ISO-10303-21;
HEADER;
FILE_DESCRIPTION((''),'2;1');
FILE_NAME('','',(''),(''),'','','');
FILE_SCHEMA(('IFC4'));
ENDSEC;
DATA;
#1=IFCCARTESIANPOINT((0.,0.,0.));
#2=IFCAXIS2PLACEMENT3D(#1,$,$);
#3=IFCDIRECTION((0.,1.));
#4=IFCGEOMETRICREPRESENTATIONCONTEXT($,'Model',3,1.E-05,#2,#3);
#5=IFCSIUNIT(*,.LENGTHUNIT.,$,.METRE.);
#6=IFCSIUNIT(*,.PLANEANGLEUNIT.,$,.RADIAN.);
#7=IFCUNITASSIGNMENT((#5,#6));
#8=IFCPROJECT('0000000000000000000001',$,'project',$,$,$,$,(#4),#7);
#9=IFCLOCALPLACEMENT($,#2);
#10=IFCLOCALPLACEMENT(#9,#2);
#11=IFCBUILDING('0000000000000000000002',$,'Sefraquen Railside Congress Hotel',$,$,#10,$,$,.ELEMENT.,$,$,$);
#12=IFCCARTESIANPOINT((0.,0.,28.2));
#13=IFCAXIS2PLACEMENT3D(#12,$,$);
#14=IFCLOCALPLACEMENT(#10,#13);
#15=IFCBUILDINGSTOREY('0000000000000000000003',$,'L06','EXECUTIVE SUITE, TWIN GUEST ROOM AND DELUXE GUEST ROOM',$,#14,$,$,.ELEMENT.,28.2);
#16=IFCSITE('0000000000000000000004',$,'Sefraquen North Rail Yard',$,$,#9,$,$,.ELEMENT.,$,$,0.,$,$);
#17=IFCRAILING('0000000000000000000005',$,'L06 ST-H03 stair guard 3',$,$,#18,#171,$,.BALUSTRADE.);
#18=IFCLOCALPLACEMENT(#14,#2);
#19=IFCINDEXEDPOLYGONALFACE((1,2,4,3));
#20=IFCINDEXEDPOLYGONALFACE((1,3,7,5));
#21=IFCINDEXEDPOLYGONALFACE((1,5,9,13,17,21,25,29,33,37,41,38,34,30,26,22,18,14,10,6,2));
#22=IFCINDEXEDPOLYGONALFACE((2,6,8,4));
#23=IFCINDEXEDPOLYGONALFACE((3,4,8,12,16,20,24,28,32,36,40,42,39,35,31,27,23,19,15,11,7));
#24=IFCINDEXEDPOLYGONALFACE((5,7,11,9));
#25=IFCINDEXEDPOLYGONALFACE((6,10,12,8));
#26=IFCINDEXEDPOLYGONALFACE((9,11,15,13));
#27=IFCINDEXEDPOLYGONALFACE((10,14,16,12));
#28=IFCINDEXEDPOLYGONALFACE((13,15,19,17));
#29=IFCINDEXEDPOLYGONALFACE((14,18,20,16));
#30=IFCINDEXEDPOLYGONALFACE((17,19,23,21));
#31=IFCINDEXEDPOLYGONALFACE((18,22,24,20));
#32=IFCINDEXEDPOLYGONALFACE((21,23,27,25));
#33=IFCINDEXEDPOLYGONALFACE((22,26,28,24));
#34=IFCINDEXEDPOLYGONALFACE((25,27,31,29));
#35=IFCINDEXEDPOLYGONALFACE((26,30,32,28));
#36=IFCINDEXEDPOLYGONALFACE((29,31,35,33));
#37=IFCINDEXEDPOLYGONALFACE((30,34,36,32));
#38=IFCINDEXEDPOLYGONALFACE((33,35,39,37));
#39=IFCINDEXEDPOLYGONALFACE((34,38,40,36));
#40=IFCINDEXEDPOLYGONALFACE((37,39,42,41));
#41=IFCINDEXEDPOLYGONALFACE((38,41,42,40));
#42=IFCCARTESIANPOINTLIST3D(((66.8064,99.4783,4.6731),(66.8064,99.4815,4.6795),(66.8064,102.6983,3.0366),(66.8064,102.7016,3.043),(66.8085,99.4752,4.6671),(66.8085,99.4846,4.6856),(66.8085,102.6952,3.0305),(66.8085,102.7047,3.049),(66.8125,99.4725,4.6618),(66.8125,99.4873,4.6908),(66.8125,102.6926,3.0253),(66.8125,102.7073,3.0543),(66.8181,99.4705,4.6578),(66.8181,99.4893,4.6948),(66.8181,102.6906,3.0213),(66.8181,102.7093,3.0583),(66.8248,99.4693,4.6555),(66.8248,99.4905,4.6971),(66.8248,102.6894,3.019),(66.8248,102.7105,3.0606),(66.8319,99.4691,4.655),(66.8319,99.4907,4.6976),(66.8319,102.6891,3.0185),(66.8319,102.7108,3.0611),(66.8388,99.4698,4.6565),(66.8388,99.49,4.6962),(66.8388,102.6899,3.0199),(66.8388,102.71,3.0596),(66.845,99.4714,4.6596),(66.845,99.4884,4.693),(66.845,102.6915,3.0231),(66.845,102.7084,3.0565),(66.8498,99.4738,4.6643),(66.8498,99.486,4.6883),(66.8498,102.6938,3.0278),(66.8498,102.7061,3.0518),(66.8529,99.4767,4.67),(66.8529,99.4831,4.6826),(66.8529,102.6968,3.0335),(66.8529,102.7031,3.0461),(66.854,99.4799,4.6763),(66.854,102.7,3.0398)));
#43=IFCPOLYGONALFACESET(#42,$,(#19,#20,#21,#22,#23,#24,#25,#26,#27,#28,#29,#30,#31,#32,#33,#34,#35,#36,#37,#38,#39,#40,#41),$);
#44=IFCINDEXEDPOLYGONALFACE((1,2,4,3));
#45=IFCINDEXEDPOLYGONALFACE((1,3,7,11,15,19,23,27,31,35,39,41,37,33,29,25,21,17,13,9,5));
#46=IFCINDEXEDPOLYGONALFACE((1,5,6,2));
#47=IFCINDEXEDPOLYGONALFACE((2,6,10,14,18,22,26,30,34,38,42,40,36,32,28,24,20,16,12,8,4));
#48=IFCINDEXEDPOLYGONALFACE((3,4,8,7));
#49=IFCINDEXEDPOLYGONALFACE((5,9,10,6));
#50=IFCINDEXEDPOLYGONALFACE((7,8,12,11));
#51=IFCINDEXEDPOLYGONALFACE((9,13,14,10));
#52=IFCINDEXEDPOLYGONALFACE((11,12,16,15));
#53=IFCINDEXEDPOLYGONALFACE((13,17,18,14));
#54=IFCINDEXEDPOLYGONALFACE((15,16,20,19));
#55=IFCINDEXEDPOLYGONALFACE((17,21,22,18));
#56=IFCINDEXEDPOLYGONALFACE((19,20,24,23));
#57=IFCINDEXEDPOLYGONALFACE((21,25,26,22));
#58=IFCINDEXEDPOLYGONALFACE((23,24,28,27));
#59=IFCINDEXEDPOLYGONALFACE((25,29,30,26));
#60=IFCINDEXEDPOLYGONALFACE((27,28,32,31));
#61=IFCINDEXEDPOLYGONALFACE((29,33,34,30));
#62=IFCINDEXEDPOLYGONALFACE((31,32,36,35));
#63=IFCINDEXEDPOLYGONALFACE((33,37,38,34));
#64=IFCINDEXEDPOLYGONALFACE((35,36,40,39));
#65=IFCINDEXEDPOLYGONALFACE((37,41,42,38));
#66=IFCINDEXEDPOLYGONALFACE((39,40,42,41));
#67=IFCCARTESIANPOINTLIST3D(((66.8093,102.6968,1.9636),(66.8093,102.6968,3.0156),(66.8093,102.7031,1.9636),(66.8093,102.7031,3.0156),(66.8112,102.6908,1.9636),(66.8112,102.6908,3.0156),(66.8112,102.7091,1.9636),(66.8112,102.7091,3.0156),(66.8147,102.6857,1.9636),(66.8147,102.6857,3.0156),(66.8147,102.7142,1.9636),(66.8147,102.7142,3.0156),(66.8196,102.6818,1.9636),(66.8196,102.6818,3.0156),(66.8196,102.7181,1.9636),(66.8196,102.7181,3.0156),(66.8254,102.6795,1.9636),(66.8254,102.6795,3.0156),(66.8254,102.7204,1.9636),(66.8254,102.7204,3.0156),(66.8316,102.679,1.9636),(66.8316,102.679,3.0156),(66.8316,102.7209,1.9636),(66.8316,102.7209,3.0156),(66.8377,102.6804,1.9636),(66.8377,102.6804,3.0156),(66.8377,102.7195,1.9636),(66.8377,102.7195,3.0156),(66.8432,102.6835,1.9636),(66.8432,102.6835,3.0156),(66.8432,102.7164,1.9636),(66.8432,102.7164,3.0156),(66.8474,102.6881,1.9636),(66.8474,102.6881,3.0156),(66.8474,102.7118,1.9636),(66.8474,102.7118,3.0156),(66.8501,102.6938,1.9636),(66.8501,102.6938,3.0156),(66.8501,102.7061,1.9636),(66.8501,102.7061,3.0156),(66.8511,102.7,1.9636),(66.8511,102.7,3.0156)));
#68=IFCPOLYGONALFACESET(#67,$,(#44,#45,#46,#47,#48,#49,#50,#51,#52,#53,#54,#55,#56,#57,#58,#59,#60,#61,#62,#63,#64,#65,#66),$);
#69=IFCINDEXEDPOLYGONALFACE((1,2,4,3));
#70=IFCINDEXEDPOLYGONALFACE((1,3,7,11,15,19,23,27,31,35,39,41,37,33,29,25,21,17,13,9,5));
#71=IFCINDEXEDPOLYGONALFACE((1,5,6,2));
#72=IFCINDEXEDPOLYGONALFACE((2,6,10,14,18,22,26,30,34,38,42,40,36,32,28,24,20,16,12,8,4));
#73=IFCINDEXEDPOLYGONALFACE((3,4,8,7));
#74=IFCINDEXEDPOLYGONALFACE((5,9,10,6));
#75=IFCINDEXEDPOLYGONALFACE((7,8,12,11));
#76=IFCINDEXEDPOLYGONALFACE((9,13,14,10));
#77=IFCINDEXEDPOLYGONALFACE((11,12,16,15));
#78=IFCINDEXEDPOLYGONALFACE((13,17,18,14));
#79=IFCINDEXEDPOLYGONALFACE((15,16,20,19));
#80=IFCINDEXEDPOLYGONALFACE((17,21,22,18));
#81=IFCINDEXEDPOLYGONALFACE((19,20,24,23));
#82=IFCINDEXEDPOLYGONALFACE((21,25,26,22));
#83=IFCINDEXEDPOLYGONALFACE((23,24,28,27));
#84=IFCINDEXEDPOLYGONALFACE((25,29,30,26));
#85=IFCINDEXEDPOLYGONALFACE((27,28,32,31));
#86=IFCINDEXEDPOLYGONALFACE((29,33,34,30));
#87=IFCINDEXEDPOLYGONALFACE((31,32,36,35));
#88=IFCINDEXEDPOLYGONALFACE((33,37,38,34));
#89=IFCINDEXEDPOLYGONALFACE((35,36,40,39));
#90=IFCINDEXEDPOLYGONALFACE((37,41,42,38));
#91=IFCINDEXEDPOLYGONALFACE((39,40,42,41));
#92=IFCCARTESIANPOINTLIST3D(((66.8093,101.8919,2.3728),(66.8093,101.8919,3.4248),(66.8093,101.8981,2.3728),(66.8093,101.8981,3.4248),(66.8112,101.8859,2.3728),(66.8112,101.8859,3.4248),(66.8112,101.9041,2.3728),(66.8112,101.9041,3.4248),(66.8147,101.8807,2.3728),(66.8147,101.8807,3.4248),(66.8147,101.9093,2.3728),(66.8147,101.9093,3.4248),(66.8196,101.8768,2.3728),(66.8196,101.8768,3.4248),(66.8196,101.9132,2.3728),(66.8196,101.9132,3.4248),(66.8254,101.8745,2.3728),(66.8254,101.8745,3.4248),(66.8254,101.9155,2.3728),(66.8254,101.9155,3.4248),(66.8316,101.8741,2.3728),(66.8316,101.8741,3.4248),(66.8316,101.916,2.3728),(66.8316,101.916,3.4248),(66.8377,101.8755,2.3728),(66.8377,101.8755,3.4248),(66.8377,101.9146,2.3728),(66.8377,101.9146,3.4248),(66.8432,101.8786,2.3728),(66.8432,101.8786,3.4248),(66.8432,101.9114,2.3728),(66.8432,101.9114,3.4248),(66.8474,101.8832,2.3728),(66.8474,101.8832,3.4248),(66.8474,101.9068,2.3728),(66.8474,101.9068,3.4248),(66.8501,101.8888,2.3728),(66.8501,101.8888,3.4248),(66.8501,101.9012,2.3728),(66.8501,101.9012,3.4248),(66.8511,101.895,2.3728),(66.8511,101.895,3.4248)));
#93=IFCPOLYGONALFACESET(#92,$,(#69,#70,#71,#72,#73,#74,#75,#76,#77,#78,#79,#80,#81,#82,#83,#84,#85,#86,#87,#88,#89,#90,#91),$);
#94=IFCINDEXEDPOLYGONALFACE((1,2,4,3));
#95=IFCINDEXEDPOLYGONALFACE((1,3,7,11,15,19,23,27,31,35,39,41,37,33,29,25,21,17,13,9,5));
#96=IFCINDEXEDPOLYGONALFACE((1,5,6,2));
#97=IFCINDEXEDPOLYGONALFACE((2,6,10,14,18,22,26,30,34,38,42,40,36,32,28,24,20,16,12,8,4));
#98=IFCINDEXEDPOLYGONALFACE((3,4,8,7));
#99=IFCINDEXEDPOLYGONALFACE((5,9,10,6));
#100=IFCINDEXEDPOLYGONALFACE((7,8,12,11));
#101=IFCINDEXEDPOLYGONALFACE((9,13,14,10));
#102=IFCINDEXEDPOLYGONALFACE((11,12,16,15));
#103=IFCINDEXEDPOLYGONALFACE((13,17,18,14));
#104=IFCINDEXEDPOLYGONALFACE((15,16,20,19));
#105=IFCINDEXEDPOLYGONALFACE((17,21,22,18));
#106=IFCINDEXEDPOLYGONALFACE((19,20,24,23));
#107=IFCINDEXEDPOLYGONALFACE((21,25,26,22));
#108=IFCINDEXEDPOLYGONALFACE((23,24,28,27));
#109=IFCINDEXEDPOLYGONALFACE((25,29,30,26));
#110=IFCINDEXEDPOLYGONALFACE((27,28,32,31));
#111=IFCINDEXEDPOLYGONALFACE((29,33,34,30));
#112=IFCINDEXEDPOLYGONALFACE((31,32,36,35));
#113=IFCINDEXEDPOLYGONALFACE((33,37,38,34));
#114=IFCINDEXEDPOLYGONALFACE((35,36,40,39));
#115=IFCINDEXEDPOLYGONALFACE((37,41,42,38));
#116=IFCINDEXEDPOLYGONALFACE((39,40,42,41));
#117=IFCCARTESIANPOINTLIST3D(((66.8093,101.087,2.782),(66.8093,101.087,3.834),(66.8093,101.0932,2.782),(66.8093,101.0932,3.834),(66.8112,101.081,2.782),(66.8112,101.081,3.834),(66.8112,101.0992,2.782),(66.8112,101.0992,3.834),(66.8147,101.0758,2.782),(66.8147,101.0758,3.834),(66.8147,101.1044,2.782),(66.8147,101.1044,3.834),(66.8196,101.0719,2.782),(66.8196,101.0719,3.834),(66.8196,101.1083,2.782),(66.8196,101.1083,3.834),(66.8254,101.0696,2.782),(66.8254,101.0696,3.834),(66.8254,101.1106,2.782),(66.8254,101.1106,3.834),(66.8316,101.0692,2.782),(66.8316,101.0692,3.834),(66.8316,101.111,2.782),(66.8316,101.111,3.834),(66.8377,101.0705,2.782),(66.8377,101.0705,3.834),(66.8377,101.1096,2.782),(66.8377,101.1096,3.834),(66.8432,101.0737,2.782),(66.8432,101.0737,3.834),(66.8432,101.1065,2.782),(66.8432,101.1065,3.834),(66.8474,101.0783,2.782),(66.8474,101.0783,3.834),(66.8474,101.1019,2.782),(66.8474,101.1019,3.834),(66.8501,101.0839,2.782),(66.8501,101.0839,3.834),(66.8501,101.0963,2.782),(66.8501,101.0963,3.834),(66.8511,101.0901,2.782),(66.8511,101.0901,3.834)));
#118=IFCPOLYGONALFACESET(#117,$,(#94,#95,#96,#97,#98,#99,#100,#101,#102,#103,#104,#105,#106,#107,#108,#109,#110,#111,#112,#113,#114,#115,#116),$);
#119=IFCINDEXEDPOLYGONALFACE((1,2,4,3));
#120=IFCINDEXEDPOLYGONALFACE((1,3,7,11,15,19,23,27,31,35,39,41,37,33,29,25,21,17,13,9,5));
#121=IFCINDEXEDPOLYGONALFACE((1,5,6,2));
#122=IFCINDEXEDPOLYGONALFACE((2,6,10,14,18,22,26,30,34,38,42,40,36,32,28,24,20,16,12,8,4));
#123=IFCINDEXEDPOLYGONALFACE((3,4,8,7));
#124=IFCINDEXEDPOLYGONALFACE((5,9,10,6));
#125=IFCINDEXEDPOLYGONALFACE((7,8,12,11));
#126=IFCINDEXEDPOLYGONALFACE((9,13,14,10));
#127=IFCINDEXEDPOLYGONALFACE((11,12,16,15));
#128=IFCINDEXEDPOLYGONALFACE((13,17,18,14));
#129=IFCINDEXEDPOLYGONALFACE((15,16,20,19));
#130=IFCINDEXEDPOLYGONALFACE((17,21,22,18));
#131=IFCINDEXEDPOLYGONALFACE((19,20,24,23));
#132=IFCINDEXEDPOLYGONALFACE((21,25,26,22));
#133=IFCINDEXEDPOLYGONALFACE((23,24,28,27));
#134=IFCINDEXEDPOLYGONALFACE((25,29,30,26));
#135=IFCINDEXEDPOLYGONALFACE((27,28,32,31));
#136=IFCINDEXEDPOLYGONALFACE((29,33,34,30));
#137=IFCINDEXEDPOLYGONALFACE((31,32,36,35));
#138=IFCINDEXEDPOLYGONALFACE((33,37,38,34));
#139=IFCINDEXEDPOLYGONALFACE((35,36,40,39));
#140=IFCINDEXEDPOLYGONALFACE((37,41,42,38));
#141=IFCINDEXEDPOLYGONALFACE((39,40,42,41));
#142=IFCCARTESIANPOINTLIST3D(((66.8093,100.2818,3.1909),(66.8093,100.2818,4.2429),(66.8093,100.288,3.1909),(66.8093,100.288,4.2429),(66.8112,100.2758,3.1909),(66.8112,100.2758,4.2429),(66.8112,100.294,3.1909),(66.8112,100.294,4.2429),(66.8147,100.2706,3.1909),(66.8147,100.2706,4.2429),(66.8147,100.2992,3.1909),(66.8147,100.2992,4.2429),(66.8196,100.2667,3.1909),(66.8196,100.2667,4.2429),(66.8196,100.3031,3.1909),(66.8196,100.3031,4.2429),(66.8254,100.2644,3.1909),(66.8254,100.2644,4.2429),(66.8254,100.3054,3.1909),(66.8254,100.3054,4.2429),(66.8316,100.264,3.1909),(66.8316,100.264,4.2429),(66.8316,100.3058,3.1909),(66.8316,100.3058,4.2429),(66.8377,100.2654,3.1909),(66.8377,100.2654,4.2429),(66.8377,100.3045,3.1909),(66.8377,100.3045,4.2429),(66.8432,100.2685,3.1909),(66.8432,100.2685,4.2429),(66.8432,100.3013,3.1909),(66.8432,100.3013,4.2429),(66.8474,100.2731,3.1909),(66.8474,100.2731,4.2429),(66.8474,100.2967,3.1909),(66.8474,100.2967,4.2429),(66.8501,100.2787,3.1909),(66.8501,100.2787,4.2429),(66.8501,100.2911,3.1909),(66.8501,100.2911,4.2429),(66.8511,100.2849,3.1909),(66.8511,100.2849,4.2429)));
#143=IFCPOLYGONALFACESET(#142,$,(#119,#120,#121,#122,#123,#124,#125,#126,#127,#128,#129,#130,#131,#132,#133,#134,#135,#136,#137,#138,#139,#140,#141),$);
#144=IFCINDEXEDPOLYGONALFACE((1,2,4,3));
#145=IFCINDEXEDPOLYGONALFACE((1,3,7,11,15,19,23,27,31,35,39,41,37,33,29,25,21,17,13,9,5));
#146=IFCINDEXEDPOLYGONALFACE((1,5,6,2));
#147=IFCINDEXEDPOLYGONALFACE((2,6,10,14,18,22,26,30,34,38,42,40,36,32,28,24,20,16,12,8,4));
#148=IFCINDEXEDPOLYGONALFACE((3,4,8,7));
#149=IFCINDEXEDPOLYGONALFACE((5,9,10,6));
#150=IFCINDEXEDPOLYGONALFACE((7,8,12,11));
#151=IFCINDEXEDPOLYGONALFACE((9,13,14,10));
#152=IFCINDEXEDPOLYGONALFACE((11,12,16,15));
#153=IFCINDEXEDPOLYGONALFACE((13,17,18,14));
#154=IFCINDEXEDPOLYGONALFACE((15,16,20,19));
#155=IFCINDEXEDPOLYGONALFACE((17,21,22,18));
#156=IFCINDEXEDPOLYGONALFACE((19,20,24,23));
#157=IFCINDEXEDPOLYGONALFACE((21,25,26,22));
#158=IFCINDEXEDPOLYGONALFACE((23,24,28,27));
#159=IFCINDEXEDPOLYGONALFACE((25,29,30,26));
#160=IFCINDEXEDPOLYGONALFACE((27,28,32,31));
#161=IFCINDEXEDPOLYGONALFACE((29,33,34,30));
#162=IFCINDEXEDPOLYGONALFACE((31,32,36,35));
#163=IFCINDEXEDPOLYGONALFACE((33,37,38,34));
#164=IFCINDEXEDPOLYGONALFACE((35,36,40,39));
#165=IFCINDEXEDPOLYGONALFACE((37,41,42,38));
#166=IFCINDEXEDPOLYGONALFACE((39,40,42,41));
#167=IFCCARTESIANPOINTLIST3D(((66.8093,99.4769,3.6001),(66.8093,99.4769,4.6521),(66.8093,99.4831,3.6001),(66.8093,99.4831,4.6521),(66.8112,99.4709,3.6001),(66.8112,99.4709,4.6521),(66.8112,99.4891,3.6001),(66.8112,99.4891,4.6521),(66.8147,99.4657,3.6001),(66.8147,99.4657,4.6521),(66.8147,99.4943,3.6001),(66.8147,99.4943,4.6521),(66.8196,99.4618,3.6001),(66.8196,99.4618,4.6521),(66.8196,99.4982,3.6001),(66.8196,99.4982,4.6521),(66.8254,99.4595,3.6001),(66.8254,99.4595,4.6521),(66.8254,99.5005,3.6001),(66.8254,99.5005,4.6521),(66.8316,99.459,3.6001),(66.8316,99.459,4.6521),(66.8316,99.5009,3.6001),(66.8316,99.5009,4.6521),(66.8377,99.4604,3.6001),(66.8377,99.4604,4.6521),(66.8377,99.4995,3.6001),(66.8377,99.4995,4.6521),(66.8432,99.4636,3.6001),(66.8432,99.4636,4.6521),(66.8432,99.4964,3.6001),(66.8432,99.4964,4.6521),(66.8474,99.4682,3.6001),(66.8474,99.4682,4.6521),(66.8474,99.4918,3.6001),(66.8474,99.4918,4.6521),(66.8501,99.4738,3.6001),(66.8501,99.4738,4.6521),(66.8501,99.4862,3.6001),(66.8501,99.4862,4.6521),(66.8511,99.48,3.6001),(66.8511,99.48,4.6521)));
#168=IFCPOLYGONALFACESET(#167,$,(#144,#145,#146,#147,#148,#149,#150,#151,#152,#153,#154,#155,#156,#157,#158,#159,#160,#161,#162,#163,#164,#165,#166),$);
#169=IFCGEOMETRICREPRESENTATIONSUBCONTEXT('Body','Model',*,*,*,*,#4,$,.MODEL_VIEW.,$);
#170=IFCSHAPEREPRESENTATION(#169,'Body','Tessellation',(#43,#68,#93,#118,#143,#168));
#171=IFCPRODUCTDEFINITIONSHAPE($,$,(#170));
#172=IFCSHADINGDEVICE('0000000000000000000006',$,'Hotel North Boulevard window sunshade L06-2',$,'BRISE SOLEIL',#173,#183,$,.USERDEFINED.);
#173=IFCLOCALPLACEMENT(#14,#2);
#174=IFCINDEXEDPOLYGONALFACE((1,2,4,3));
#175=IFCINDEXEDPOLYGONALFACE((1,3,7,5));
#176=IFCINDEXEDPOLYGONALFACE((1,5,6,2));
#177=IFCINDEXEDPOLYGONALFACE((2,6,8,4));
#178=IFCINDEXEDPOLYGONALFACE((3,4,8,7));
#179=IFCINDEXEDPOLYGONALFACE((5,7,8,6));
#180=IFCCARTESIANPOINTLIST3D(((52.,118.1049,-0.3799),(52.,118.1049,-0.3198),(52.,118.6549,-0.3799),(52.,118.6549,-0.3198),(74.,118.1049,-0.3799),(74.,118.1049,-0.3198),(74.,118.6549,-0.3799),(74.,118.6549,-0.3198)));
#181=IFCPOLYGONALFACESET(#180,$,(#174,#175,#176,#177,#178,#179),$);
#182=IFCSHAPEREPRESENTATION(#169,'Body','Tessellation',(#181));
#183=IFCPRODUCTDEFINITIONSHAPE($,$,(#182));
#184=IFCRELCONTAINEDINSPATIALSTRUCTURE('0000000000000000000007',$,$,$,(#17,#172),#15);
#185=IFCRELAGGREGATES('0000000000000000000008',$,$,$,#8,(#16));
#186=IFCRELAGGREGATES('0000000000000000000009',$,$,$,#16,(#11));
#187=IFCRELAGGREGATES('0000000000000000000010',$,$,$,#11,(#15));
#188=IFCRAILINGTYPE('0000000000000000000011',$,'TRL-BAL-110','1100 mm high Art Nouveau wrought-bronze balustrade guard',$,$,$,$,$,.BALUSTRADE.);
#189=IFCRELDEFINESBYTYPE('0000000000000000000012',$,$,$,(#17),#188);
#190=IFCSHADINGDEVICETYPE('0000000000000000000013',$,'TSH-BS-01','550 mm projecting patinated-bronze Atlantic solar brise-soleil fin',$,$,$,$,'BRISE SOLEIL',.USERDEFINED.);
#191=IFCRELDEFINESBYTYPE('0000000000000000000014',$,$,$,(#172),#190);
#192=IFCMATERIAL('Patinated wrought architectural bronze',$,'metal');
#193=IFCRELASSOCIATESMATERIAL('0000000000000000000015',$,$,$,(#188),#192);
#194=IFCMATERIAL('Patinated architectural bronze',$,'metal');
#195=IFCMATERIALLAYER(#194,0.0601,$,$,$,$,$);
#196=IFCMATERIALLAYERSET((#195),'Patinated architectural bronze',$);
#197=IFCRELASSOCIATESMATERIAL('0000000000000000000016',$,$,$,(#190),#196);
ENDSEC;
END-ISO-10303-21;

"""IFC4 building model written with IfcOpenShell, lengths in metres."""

from ifc_helpers import new_model, si_unit, direction, frame, origin, origin_2d, place, context, subcontext, project, spatial, rectangle, circle, extrude, material, layer, layer_set, type_object, element, save


model = new_model("IFC4")

# Units and contexts
model_context = context("Model", 3, precision=1e-05, world=origin(), true_north=direction((0.0, 1.0)))
body_context = subcontext(model_context, "Body", "Model", "MODEL_VIEW")
ifc_project = project(units=[si_unit("LENGTHUNIT", "METRE"), si_unit("PLANEANGLEUNIT", "RADIAN")], contexts=[model_context])

# Site, building, storey
site_placement = place(None, origin())
site = spatial("IfcSite", under=ifc_project, at=site_placement, Name="Sefraquen North Rail Yard", CompositionType="ELEMENT", RefElevation=0.0)
building_placement = place(site_placement, origin())
building = spatial("IfcBuilding", under=site, at=building_placement, Name="Sefraquen Railside Congress Hotel", CompositionType="ELEMENT")
storey_placement = place(building_placement, frame((0.0, 0.0, 28.2)))
storey = spatial("IfcBuildingStorey", under=building, at=storey_placement, Name="L06", Description="EXECUTIVE SUITE, TWIN GUEST ROOM AND DELUXE GUEST ROOM", CompositionType="ELEMENT", Elevation=28.2)

# Railing
ifc_material_1 = material(Name="Patinated wrought architectural bronze", Category="metal")
railing_type = type_object("IfcRailingType", Name="TRL-BAL-110", Description="1100 mm high Art Nouveau wrought-bronze balustrade guard", PredefinedType="BALUSTRADE", material=ifc_material_1)
railing_1_placement = place(storey_placement, frame((66.8301, 102.7, 1.9636)))
element("IfcRailing", 1, at=railing_1_placement, inside=storey, type_object=railing_type, Name="L06 ST-H03 stair guard 3", PredefinedType="BALUSTRADE", context=body_context, shape_type="SweptSolid", body=[
    extrude(circle(Radius=0.0239, at=origin_2d()), frame((0.0, 0.0, 1.0762), z_axis=(0.0, -0.891474, 0.453071), x_axis=(1.0, 0.0, 0.0)), (0.0, 0.0, 1.0), 3.6121),
    extrude(circle(Radius=0.021, at=origin_2d()), origin(), (0.0, 0.0, 1.0), 1.052),
    extrude(circle(Radius=0.021, at=origin_2d()), frame((0.0, -0.8049, 0.4092)), (0.0, 0.0, 1.0), 1.052),
    extrude(circle(Radius=0.021, at=origin_2d()), frame((0.0, -1.6099, 0.8184)), (0.0, 0.0, 1.0), 1.052),
    extrude(circle(Radius=0.021, at=origin_2d()), frame((0.0, -2.415, 1.2273)), (0.0, 0.0, 1.0), 1.052),
    extrude(circle(Radius=0.021, at=origin_2d()), frame((0.0, -3.22, 1.6365)), (0.0, 0.0, 1.0), 1.052),
])

# Shading device
ifc_material_2 = material(Name="Patinated architectural bronze", Category="metal")
ifc_layer_1 = layer(ifc_material_2, 0.0601)
ifc_layer_set_1 = layer_set([ifc_layer_1], Name="Patinated architectural bronze")
shading_device_type = type_object("IfcShadingDeviceType", Name="TSH-BS-01", Description="550 mm projecting patinated-bronze Atlantic solar brise-soleil fin", ElementType="BRISE SOLEIL", PredefinedType="USERDEFINED", material=ifc_layer_set_1)
shading_device_placement = place(storey_placement, frame((63.0, 118.3799, -0.3799), z_axis=(0.0, 0.0, 1.0), x_axis=(1.0, 0.0, 0.0)))
element("IfcShadingDevice", 2, at=shading_device_placement, inside=storey, type_object=shading_device_type, Name="Hotel North Boulevard window sunshade L06-2", ObjectType="BRISE SOLEIL", PredefinedType="USERDEFINED", context=body_context, shape_type="SweptSolid", body=[
    extrude(rectangle(XDim=22.0, YDim=0.55, at=origin_2d()), origin(), (0.0, 0.0, 1.0), 0.0601),
])

save(model, "model.ifc")
